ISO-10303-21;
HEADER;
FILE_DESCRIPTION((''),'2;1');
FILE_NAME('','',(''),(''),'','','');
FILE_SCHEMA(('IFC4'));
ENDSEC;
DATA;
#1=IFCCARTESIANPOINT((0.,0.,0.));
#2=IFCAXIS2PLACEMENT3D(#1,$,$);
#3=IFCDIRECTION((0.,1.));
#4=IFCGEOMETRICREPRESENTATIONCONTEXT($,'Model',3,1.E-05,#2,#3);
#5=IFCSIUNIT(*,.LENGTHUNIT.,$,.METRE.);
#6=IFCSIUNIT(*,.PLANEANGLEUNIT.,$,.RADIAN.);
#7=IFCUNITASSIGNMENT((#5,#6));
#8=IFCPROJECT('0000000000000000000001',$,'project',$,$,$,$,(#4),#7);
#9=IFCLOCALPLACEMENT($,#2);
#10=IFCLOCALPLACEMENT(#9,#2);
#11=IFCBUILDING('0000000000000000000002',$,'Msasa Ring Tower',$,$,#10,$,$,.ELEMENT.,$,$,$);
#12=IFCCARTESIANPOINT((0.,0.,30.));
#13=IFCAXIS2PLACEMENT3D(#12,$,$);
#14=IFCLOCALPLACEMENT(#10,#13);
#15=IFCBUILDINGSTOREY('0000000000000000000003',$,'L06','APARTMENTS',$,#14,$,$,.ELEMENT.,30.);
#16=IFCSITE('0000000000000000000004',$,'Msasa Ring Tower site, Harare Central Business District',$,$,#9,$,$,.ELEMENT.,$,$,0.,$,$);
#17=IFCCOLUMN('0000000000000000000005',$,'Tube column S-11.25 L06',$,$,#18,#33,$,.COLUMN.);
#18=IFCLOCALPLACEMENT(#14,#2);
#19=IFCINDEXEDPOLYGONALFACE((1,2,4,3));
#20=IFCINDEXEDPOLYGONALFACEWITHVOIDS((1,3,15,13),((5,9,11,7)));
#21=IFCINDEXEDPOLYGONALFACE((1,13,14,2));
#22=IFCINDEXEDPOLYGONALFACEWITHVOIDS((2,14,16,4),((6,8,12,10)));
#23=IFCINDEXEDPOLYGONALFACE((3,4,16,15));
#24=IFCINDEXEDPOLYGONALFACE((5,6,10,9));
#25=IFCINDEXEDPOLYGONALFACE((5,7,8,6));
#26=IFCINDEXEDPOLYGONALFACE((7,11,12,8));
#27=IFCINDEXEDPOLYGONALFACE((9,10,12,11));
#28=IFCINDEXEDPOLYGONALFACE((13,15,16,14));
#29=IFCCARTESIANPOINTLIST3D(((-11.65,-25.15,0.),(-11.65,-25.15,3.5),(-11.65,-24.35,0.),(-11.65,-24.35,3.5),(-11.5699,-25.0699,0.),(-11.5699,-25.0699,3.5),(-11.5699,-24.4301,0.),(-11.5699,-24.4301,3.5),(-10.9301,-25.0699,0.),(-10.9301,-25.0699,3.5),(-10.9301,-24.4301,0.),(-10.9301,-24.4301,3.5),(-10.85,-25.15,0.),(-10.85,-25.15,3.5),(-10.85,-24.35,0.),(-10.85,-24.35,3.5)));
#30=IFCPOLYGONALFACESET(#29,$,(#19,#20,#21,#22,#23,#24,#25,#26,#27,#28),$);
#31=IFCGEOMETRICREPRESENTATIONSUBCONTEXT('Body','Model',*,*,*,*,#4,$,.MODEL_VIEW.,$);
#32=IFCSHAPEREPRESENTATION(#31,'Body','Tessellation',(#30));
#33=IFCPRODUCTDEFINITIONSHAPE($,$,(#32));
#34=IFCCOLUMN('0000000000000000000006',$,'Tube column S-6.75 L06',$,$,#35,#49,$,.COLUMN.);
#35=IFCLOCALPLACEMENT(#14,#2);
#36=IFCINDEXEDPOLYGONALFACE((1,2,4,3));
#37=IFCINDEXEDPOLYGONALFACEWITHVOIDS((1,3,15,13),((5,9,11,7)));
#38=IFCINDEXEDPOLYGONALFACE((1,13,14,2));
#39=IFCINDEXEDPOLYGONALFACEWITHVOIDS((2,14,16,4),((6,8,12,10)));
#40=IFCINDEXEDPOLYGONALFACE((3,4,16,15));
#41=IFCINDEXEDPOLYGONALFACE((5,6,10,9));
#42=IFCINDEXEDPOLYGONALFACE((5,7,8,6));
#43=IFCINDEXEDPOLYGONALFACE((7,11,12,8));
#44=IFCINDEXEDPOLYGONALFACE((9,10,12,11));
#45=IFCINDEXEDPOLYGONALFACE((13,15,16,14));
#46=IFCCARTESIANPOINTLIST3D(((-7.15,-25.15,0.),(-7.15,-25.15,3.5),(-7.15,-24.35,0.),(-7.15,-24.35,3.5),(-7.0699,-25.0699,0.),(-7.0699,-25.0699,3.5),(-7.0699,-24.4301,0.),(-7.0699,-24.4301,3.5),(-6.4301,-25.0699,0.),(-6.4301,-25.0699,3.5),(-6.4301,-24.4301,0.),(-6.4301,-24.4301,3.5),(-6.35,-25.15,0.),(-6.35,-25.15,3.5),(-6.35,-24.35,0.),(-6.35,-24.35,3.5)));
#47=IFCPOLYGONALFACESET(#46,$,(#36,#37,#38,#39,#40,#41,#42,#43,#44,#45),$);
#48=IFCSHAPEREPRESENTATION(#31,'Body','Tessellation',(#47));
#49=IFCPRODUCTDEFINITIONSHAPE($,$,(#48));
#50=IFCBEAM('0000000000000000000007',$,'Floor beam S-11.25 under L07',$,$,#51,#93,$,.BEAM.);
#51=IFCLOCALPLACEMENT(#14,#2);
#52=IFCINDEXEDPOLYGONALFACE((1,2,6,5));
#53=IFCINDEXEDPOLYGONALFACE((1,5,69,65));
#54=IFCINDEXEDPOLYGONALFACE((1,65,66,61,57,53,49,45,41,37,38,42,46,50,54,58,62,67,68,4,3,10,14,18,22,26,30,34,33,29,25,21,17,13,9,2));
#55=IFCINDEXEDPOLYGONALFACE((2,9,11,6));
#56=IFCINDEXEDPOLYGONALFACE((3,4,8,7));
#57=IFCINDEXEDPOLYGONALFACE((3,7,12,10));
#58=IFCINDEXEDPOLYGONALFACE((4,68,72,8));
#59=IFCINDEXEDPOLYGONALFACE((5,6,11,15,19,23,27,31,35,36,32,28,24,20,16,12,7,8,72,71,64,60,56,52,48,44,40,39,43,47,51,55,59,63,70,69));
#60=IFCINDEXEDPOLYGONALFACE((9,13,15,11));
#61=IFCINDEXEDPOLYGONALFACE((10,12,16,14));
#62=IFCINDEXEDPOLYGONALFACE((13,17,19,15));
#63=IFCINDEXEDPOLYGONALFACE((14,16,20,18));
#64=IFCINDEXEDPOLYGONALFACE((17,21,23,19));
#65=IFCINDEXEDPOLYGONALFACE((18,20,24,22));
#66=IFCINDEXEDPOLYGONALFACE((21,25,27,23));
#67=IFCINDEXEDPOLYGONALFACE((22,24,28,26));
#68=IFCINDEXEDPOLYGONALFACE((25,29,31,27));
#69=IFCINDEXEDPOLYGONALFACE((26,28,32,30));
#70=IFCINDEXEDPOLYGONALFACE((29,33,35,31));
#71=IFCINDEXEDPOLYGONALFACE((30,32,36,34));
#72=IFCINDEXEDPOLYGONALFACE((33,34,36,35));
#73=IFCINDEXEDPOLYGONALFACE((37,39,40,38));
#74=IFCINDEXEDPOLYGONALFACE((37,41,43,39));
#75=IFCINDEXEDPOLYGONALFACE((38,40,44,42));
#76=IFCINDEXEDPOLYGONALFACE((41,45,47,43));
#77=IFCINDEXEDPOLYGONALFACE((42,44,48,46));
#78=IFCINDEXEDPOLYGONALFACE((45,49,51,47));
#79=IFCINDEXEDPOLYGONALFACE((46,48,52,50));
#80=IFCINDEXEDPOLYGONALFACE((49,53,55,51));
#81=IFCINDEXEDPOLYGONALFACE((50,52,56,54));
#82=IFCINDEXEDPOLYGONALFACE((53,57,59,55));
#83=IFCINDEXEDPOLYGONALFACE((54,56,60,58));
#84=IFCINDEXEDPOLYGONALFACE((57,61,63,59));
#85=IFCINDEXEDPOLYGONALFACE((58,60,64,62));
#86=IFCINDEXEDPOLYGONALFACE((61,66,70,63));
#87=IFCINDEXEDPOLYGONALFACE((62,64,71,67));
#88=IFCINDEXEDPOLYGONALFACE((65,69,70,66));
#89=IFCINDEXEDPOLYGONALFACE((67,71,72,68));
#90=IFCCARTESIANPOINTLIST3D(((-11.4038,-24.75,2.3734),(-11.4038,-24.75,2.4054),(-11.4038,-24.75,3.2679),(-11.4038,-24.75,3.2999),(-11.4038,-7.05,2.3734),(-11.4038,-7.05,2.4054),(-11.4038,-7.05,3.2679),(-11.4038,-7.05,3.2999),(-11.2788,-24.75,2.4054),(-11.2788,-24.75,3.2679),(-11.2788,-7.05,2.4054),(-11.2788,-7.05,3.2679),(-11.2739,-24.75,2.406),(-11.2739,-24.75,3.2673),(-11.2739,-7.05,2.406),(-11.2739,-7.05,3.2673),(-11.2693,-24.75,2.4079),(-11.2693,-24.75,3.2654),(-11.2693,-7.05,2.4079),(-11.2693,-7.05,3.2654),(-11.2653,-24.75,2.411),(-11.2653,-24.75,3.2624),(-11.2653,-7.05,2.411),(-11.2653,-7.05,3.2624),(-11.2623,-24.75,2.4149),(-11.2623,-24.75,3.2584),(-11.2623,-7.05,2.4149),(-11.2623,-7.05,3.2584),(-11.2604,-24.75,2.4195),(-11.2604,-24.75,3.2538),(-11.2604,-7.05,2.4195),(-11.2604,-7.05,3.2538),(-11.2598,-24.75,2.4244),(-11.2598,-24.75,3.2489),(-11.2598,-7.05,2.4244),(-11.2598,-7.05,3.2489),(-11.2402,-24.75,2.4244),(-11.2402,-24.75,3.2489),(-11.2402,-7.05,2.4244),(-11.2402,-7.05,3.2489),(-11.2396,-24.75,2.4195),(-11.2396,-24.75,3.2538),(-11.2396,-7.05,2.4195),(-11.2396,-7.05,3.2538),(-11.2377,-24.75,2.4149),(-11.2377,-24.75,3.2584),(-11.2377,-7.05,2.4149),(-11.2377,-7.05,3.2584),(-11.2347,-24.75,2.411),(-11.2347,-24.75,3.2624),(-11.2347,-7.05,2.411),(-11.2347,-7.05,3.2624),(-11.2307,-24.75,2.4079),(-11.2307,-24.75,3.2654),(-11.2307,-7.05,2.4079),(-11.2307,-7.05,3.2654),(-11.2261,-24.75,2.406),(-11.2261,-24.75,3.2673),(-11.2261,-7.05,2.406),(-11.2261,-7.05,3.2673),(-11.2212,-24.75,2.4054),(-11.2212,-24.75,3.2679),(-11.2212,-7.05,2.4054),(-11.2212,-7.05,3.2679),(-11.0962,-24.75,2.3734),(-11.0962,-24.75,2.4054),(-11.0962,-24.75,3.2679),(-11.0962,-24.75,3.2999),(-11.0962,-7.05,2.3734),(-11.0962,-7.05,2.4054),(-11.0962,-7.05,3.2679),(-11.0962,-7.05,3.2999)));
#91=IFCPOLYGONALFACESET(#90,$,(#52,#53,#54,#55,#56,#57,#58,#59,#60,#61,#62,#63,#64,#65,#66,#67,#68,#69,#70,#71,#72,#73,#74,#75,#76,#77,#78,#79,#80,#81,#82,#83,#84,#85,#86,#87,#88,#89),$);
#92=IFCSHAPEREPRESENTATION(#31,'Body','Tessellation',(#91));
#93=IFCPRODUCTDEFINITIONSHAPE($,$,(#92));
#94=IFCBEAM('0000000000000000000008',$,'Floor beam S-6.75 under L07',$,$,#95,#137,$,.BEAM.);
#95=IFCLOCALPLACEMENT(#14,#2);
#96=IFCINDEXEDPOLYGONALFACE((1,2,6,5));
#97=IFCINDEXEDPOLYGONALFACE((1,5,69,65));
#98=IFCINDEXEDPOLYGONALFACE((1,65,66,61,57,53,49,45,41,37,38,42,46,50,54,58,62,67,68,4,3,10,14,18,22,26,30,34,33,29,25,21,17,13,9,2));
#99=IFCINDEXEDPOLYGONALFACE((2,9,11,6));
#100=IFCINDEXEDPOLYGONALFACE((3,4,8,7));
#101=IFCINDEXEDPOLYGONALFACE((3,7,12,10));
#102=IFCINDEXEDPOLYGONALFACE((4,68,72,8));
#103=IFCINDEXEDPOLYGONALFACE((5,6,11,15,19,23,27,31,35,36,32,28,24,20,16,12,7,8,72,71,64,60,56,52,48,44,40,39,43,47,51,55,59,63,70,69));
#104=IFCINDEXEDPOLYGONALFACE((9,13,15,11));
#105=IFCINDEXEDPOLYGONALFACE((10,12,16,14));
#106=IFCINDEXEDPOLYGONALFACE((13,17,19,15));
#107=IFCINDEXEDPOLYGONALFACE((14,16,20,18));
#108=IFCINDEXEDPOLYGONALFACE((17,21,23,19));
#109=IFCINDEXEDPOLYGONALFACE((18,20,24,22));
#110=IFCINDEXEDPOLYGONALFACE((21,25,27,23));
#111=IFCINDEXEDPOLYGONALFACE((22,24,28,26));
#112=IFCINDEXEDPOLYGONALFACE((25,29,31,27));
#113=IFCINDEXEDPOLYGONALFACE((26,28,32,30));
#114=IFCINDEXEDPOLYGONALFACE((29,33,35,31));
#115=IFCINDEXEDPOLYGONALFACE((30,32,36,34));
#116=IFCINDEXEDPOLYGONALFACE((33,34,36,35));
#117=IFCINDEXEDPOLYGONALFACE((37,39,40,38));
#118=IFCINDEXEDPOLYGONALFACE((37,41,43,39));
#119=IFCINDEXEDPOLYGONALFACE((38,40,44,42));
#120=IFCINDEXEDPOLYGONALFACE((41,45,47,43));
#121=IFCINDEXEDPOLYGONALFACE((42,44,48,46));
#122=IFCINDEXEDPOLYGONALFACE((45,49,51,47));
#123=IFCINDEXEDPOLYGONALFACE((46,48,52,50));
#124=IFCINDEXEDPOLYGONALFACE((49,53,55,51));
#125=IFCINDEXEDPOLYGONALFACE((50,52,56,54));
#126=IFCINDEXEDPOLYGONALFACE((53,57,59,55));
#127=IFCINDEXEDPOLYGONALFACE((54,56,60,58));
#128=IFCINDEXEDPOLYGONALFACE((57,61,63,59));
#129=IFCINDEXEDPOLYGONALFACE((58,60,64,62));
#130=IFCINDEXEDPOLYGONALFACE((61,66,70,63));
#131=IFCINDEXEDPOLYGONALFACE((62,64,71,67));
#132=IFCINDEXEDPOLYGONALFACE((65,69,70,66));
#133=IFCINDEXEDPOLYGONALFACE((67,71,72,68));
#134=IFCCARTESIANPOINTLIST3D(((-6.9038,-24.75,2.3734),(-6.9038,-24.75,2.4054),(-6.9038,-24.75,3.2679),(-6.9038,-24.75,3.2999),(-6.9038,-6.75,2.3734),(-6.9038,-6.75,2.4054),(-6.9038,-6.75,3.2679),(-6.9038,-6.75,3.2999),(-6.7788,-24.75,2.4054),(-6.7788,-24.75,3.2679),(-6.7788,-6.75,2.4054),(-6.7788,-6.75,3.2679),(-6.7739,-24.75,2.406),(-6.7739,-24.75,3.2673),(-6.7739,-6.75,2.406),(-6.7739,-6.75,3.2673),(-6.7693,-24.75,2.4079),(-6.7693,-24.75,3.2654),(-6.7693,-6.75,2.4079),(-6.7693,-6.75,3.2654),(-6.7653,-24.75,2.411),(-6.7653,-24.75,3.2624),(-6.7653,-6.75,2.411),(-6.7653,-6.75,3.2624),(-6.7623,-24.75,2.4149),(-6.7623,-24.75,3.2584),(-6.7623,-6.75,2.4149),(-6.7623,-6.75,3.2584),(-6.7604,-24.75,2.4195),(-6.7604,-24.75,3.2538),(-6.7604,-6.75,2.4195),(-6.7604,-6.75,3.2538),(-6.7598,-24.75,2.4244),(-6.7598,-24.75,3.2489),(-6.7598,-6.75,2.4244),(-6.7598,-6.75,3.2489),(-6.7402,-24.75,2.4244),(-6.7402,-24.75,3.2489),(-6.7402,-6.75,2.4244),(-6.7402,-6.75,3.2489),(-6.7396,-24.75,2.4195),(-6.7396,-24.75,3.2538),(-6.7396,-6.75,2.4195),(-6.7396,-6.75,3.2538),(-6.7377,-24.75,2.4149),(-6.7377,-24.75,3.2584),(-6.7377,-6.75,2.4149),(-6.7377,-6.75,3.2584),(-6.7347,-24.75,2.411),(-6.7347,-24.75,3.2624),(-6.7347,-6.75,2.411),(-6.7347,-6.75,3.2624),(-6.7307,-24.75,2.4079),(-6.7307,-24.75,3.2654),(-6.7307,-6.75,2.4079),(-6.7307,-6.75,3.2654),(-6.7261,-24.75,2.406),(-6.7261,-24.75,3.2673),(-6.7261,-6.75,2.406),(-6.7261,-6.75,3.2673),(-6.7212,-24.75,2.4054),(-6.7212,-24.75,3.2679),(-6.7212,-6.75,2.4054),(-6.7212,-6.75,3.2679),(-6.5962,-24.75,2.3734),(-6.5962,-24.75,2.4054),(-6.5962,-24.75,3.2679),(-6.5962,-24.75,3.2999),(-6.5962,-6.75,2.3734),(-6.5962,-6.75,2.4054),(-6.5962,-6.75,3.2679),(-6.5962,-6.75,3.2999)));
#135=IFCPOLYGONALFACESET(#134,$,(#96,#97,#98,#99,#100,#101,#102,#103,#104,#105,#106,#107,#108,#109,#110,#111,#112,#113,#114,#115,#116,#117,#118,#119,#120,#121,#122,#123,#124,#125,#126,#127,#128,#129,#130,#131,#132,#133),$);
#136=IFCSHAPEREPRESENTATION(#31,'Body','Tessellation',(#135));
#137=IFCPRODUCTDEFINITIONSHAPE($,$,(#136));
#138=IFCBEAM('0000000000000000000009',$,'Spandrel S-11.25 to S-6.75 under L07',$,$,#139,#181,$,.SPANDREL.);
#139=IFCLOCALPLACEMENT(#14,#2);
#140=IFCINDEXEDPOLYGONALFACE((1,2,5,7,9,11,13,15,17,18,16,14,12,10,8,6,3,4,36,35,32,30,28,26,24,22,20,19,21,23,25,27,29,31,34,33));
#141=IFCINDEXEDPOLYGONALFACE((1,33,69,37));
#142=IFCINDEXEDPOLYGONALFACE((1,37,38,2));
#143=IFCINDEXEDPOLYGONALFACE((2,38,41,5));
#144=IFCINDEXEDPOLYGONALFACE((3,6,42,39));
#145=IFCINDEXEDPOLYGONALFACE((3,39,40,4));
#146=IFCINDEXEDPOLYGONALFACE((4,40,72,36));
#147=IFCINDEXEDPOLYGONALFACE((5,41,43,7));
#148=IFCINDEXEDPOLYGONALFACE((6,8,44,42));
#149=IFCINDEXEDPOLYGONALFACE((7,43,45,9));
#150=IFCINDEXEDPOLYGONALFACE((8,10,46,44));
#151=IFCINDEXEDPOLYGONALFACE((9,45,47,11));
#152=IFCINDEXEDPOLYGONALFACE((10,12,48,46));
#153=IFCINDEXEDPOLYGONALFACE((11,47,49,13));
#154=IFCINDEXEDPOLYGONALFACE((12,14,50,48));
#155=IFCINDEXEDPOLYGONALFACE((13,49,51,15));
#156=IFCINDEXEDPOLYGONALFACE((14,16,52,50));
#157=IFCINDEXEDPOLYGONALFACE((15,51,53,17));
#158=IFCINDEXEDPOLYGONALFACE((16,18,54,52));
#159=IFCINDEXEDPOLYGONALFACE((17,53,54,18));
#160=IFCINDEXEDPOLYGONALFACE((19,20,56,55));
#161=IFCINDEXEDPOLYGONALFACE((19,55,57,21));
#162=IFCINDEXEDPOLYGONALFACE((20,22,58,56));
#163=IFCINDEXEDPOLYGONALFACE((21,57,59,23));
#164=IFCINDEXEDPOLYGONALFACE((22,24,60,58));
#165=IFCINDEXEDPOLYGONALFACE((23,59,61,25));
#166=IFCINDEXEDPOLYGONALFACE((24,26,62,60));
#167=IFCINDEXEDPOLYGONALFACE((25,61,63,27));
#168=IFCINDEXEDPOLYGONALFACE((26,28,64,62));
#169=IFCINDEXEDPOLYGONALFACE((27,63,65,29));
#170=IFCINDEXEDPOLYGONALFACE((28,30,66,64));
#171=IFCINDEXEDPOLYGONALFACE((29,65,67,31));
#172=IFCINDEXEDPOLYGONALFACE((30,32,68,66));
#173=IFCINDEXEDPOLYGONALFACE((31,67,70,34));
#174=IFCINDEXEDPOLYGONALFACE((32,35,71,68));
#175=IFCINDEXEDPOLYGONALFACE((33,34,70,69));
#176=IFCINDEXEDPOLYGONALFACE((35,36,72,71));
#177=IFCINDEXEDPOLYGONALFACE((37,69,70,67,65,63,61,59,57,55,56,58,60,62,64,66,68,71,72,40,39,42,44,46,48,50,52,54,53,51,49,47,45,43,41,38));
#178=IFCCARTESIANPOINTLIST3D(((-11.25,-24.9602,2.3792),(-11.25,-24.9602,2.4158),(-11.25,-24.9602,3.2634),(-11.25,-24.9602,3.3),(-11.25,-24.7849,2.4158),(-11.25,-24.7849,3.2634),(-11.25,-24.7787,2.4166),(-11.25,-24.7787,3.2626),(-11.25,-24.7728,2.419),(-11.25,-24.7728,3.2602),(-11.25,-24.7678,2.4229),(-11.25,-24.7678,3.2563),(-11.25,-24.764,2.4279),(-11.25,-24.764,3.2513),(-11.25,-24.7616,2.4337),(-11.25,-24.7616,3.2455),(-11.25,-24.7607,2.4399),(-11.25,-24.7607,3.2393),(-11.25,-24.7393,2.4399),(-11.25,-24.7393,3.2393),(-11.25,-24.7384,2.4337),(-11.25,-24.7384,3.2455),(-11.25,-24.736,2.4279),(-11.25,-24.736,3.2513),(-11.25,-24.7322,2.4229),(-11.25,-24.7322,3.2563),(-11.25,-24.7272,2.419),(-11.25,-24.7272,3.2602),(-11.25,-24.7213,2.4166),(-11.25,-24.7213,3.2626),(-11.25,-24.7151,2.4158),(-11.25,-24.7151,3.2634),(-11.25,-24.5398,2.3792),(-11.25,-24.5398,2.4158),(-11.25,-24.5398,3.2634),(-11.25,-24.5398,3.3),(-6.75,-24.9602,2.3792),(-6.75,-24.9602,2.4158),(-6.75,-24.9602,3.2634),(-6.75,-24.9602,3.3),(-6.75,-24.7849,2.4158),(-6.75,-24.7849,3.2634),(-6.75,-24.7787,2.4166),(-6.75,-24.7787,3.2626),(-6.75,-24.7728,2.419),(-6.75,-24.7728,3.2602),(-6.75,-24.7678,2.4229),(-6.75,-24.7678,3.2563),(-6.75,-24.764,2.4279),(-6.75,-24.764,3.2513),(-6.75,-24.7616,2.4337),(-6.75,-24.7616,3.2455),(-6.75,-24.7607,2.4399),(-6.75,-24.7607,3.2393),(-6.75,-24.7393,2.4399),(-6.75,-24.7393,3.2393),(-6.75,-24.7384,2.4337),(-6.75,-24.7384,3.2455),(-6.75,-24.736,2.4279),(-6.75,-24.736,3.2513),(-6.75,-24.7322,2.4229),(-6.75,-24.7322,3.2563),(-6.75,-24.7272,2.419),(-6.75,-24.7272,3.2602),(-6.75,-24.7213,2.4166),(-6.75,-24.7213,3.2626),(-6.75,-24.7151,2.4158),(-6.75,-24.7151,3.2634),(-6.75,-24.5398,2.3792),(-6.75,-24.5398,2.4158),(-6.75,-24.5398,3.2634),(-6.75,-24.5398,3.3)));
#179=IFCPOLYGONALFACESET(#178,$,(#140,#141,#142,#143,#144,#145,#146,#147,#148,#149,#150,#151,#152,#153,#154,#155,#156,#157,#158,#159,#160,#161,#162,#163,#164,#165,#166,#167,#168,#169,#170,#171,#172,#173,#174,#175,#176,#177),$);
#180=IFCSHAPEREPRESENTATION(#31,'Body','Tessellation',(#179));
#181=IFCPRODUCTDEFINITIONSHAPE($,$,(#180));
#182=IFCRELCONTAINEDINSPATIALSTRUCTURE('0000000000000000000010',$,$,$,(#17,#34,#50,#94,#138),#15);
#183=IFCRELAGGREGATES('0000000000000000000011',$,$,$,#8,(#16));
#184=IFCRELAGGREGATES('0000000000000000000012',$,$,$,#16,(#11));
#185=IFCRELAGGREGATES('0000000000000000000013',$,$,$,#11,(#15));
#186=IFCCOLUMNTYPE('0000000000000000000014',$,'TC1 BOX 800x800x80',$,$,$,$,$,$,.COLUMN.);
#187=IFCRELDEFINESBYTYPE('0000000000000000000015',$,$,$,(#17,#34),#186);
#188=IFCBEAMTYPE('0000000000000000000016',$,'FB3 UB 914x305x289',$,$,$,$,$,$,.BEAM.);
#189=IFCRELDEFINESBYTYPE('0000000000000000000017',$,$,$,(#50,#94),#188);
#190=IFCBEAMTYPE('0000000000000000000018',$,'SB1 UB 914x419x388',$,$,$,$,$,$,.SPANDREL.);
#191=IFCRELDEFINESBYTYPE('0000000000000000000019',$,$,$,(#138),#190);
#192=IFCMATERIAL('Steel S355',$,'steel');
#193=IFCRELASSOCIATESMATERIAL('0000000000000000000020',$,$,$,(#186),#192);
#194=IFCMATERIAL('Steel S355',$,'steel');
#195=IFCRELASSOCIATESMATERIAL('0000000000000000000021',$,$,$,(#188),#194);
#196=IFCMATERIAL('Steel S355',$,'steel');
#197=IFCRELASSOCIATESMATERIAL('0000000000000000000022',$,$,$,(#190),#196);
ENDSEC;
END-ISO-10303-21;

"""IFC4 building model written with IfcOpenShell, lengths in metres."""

from ifc_helpers import new_model, si_unit, direction, frame, origin, origin_2d, place, context, subcontext, project, spatial, hollow_rectangle, i_section, extrude, material, material_profile, profile_set, type_object, element, save


model = new_model("IFC4")

# Units and contexts
model_context = context("Model", 3, precision=1e-05, world=origin(), true_north=direction((0.0, 1.0)))
body_context = subcontext(model_context, "Body", "Model", "MODEL_VIEW")
ifc_project = project(units=[si_unit("LENGTHUNIT", "METRE"), si_unit("PLANEANGLEUNIT", "RADIAN")], contexts=[model_context])

# Site, building, storey
site_placement = place(None, origin())
site = spatial("IfcSite", under=ifc_project, at=site_placement, Name="Msasa Ring Tower site, Harare Central Business District", CompositionType="ELEMENT", RefElevation=0.0)
building_placement = place(site_placement, origin())
building = spatial("IfcBuilding", under=site, at=building_placement, Name="Msasa Ring Tower", CompositionType="ELEMENT")
storey_placement = place(building_placement, frame((0.0, 0.0, 30.0)))
storey = spatial("IfcBuildingStorey", under=building, at=storey_placement, Name="L06", Description="APARTMENTS", CompositionType="ELEMENT", Elevation=30.0)

# Columns
ifc_material_1 = material(Name="Steel S355", Category="steel")
ifc_material_profile_1 = material_profile(ifc_material_1, hollow_rectangle(XDim=0.8, YDim=0.8, WallThickness=0.0801, at=origin_2d()), Name="BOX 800x800x80")
ifc_profile_set_1 = profile_set([ifc_material_profile_1], Name="Steel S355")
column_type = type_object("IfcColumnType", Name="TC1 BOX 800x800x80", PredefinedType="COLUMN", material=ifc_profile_set_1)
for number, where, z_axis, x_axis, name in (
    (1, (-11.25, -24.75, 0.0), (0.0, 0.0, 1.0), (0.0, 1.0, 0.0), "Tube column S-11.25 L06"),
    (2, (-6.75, -24.75, 0.0), (0.0, 0.0, 1.0), (0.0, 1.0, 0.0), "Tube column S-6.75 L06"),
):
    element("IfcColumn", number, at=place(storey_placement, frame(where, z_axis=z_axis, x_axis=x_axis)), inside=storey, type_object=column_type, Name=name, PredefinedType="COLUMN", context=body_context, shape_type="SweptSolid", body=[
        extrude(hollow_rectangle(XDim=0.8, YDim=0.8, WallThickness=0.0801, at=origin_2d()), origin(), (0.0, 0.0, 1.0), 3.5),
    ])

# Beams
ifc_material_2 = material(Name="Steel S355", Category="steel")
ifc_material_profile_2 = material_profile(ifc_material_2, i_section(OverallWidth=0.3076, OverallDepth=0.9265, WebThickness=0.0195, FlangeThickness=0.032, FilletRadius=0.019, at=origin_2d()), Name="UB 914x305x289")
ifc_profile_set_2 = profile_set([ifc_material_profile_2], Name="Steel S355")
beam_type_1 = type_object("IfcBeamType", Name="FB3 UB 914x305x289", PredefinedType="BEAM", material=ifc_profile_set_2)
beam_1_placement = place(storey_placement, frame((-11.25, -24.75, 2.8367), z_axis=(0.0, 1.0, 0.0), x_axis=(-1.0, 0.0, 0.0)))
element("IfcBeam", 3, at=beam_1_placement, inside=storey, type_object=beam_type_1, Name="Floor beam S-11.25 under L07", PredefinedType="BEAM", context=body_context, shape_type="SweptSolid", body=[
    extrude(i_section(OverallWidth=0.3076, OverallDepth=0.9265, WebThickness=0.0195, FlangeThickness=0.032, FilletRadius=0.019, at=origin_2d()), origin(), (0.0, 0.0, 1.0), 17.7),
])
beam_2_placement = place(storey_placement, frame((-6.75, -24.75, 2.8367), z_axis=(0.0, 1.0, 0.0), x_axis=(-1.0, 0.0, 0.0)))
element("IfcBeam", 4, at=beam_2_placement, inside=storey, type_object=beam_type_1, Name="Floor beam S-6.75 under L07", PredefinedType="BEAM", context=body_context, shape_type="SweptSolid", body=[
    extrude(i_section(OverallWidth=0.3076, OverallDepth=0.9265, WebThickness=0.0195, FlangeThickness=0.032, FilletRadius=0.019, at=origin_2d()), origin(), (0.0, 0.0, 1.0), 18.0),
])
ifc_material_3 = material(Name="Steel S355", Category="steel")
ifc_material_profile_3 = material_profile(ifc_material_3, i_section(OverallWidth=0.4204, OverallDepth=0.9209, WebThickness=0.0215, FlangeThickness=0.0366, FilletRadius=0.0242, at=origin_2d()), Name="UB 914x419x388")
ifc_profile_set_3 = profile_set([ifc_material_profile_3], Name="Steel S355")
beam_type_2 = type_object("IfcBeamType", Name="SB1 UB 914x419x388", PredefinedType="SPANDREL", material=ifc_profile_set_3)
for number, where, z_axis, x_axis, name in (
    (5, (-11.25, -24.75, 2.8396), (1.0, 0.0, 0.0), (0.0, 1.0, 0.0), "Spandrel S-11.25 to S-6.75 under L07"),
):
    element("IfcBeam", number, at=place(storey_placement, frame(where, z_axis=z_axis, x_axis=x_axis)), inside=storey, type_object=beam_type_2, Name=name, PredefinedType="SPANDREL", context=body_context, shape_type="SweptSolid", body=[
        extrude(i_section(OverallWidth=0.4204, OverallDepth=0.9209, WebThickness=0.0215, FlangeThickness=0.0366, FilletRadius=0.0242, at=origin_2d()), origin(), (0.0, 0.0, 1.0), 4.5),
    ])

save(model, "model.ifc")
